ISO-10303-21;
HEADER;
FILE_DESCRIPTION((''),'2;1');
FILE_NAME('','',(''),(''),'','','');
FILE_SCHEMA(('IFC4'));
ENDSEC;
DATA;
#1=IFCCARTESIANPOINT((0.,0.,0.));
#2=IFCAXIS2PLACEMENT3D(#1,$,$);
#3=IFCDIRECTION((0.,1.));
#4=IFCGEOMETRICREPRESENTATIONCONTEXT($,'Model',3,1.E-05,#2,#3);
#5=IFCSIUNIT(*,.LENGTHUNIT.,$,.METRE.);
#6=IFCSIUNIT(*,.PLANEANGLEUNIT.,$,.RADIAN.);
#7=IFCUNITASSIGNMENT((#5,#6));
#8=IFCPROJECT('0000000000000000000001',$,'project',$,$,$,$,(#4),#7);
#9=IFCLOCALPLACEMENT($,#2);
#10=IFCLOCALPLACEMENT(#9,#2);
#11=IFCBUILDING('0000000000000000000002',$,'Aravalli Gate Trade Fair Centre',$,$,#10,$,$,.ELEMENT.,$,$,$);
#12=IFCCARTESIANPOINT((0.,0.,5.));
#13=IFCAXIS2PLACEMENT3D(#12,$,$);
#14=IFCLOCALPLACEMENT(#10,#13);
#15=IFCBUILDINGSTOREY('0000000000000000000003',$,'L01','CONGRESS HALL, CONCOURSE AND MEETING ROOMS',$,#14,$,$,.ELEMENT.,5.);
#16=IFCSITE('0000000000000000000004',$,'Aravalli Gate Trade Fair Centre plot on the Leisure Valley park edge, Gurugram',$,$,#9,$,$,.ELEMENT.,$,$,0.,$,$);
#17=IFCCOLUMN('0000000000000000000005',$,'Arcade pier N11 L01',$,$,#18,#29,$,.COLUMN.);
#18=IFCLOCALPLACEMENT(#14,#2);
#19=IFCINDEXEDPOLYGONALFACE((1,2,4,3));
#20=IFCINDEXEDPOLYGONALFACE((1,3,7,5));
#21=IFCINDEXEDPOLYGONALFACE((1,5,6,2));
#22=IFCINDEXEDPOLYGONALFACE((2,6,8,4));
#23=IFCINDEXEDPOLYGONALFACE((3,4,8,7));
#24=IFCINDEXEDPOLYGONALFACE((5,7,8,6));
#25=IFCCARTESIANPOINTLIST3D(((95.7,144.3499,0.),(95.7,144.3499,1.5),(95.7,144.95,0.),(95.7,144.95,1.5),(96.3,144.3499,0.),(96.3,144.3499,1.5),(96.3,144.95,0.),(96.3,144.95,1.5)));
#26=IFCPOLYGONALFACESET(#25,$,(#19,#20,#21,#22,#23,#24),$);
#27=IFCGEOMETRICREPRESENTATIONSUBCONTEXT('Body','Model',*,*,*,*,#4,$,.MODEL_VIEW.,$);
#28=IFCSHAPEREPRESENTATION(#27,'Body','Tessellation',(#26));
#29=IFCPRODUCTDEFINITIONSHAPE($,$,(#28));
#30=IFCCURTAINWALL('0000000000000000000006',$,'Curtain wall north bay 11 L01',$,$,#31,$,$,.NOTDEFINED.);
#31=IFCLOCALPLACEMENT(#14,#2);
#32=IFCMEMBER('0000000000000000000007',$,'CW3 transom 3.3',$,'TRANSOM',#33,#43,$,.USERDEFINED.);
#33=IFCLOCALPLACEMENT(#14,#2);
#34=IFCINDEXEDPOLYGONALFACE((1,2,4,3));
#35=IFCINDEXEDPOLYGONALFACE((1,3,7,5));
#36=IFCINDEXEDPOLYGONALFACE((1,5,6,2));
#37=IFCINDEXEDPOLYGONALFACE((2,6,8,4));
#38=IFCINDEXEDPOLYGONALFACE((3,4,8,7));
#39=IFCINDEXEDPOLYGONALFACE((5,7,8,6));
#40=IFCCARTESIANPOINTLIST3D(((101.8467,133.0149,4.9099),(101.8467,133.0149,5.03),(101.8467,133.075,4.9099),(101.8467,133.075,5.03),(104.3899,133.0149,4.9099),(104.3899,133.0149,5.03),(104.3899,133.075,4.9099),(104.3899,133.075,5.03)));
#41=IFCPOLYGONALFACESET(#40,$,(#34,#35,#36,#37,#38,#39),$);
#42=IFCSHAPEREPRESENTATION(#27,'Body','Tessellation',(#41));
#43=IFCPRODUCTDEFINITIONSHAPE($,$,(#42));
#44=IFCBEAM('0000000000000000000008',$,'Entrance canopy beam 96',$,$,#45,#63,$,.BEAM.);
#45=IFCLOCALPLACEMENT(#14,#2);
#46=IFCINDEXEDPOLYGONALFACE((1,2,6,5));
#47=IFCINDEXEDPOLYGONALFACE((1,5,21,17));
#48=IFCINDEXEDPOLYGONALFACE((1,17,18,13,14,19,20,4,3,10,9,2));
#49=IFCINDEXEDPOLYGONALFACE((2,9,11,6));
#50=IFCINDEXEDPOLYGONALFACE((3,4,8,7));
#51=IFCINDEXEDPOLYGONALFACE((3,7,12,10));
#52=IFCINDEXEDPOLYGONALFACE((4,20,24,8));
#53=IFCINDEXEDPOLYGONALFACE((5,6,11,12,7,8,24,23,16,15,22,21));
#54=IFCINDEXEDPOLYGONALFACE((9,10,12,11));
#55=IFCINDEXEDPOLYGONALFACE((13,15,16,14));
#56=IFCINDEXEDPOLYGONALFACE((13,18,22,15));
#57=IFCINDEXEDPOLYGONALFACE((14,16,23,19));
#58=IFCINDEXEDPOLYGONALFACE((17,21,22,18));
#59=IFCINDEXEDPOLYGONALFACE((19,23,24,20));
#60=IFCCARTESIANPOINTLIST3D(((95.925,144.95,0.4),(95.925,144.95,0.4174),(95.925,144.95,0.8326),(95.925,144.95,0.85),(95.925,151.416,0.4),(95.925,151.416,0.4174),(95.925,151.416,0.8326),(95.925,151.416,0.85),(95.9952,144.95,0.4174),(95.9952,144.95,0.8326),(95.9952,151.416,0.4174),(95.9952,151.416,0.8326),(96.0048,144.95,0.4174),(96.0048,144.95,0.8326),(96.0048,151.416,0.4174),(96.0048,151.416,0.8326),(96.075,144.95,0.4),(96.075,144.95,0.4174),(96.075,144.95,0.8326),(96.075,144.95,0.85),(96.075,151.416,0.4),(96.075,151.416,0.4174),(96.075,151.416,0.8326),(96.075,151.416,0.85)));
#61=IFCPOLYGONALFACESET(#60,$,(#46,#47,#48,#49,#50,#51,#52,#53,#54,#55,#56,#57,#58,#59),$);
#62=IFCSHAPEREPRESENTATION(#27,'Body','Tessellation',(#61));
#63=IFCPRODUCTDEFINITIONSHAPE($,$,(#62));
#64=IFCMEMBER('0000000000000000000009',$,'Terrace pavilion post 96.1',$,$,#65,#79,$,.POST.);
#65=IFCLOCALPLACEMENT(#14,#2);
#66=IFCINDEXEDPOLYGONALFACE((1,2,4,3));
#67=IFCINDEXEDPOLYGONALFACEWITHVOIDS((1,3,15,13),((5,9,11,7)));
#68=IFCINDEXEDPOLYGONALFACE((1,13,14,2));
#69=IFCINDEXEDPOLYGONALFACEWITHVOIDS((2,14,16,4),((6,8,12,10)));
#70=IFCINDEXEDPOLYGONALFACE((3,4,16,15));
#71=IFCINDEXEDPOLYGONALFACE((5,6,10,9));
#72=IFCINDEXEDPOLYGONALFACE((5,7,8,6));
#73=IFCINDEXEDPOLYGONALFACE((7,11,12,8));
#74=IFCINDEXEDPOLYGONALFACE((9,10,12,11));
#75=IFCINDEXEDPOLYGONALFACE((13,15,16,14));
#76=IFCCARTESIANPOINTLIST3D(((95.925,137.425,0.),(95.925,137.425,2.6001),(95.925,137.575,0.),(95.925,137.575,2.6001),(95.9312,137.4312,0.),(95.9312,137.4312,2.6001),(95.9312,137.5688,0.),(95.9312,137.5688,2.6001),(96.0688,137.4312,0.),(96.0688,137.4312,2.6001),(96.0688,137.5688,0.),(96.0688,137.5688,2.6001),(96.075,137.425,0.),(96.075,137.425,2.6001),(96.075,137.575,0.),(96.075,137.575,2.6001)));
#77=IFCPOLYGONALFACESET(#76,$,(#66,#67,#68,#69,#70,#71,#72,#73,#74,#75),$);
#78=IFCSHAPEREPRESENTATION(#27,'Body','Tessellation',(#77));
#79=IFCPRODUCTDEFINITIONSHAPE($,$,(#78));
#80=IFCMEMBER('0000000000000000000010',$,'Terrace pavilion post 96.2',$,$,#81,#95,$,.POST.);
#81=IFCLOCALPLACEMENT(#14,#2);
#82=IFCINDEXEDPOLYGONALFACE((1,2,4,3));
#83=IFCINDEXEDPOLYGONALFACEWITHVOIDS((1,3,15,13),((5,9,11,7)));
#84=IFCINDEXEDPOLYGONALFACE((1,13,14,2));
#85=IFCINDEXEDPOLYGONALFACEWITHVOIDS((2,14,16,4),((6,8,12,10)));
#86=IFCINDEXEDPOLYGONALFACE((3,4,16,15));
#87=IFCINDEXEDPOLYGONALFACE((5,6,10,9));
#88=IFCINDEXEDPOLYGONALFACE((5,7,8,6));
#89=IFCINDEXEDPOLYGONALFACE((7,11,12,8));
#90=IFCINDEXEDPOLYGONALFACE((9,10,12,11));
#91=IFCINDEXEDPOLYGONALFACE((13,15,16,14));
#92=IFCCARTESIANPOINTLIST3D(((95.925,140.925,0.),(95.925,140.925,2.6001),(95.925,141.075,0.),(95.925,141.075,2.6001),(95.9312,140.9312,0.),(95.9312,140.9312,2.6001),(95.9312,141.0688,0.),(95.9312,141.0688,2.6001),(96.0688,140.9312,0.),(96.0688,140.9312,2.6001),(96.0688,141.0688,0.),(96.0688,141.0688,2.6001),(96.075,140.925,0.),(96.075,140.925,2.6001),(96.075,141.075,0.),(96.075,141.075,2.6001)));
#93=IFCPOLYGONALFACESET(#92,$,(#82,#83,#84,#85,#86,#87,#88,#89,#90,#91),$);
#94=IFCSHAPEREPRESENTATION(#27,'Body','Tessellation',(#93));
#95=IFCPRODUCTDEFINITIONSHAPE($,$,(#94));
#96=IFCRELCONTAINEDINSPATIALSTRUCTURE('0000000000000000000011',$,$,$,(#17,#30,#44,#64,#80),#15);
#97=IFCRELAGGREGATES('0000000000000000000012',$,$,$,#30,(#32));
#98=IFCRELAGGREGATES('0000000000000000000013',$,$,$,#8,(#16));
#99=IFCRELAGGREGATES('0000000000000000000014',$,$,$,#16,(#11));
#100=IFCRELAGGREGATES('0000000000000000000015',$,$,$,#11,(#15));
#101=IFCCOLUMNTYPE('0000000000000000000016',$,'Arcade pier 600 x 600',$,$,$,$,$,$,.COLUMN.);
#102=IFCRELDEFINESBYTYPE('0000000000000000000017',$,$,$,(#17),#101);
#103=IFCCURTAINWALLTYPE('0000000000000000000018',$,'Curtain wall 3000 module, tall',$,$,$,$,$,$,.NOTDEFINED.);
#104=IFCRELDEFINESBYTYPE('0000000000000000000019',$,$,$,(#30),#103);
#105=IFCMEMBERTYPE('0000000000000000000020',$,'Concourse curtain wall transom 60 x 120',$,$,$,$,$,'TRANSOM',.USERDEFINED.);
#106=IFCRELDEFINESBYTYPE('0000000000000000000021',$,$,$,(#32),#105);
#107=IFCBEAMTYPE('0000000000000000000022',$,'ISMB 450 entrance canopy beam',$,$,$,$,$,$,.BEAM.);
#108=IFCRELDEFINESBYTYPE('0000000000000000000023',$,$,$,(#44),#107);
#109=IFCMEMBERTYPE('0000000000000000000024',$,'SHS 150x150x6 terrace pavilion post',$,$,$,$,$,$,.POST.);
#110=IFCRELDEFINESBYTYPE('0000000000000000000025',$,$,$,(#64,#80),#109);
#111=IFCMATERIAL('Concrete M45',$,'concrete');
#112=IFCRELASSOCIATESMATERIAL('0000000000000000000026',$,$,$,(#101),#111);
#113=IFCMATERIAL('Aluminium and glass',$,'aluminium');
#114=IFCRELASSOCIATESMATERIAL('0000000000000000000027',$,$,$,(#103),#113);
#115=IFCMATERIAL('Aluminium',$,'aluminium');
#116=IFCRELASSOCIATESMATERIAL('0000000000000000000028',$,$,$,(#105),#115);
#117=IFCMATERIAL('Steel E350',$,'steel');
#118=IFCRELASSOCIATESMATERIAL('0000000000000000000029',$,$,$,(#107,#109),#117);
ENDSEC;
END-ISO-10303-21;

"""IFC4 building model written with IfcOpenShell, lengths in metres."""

from ifc_helpers import new_model, si_unit, direction, frame, origin, origin_2d, place, context, subcontext, project, spatial, rectangle, hollow_rectangle, i_section, extrude, material, material_profile, profile_set, type_object, element, aggregate, save


model = new_model("IFC4")

# Units and contexts
model_context = context("Model", 3, precision=1e-05, world=origin(), true_north=direction((0.0, 1.0)))
body_context = subcontext(model_context, "Body", "Model", "MODEL_VIEW")
ifc_project = project(units=[si_unit("LENGTHUNIT", "METRE"), si_unit("PLANEANGLEUNIT", "RADIAN")], contexts=[model_context])

# Site, building, storey
site_placement = place(None, origin())
site = spatial("IfcSite", under=ifc_project, at=site_placement, Name="Aravalli Gate Trade Fair Centre plot on the Leisure Valley park edge, Gurugram", CompositionType="ELEMENT", RefElevation=0.0)
building_placement = place(site_placement, origin())
building = spatial("IfcBuilding", under=site, at=building_placement, Name="Aravalli Gate Trade Fair Centre", CompositionType="ELEMENT")
storey_placement = place(building_placement, frame((0.0, 0.0, 5.0)))
storey = spatial("IfcBuildingStorey", under=building, at=storey_placement, Name="L01", Description="CONGRESS HALL, CONCOURSE AND MEETING ROOMS", CompositionType="ELEMENT", Elevation=5.0)

# Column
ifc_material_1 = material(Name="Concrete M45", Category="concrete")
ifc_material_profile_1 = material_profile(ifc_material_1, rectangle(XDim=0.6001, YDim=0.6001, at=origin_2d()), Name="Arcade pier 600 x 600")
ifc_profile_set_1 = profile_set([ifc_material_profile_1], Name="Concrete M45")
column_type = type_object("IfcColumnType", Name="Arcade pier 600 x 600", PredefinedType="COLUMN", material=ifc_profile_set_1)
column_placement = place(storey_placement, frame((96.0, 144.6499, 0.0), z_axis=(0.0, 0.0, 1.0), x_axis=(1.0, 0.0, 0.0)))
element("IfcColumn", 1, at=column_placement, inside=storey, type_object=column_type, Name="Arcade pier N11 L01", PredefinedType="COLUMN", context=body_context, shape_type="SweptSolid", body=[
    extrude(rectangle(XDim=0.6001, YDim=0.6001, at=origin_2d()), origin(), (0.0, 0.0, 1.0), 1.5),
])

# Curtain wall, member
ifc_material_2 = material(Name="Aluminium and glass", Category="aluminium")
curtain_wall_type = type_object("IfcCurtainWallType", Name="Curtain wall 3000 module, tall", PredefinedType="NOTDEFINED", material=ifc_material_2)
curtain_wall_placement = place(storey_placement, origin())
curtain_wall = element("IfcCurtainWall", 2, at=curtain_wall_placement, inside=storey, type_object=curtain_wall_type, Name="Curtain wall north bay 11 L01", PredefinedType="NOTDEFINED")
ifc_material_3 = material(Name="Aluminium", Category="aluminium")
ifc_material_profile_2 = material_profile(ifc_material_3, rectangle(XDim=0.0601, YDim=0.1201, at=origin_2d()), Name="Concourse curtain wall transom 60 x 120")
ifc_profile_set_2 = profile_set([ifc_material_profile_2], Name="Aluminium")
member_type_1 = type_object("IfcMemberType", Name="Concourse curtain wall transom 60 x 120", ElementType="TRANSOM", PredefinedType="USERDEFINED", material=ifc_profile_set_2)
member_placement = place(storey_placement, frame((101.8467, 133.0449, 4.97), z_axis=(1.0, 0.0, 0.0), x_axis=(0.0, 1.0, 0.0)))
member = element("IfcMember", 3, at=member_placement, type_object=member_type_1, Name="CW3 transom 3.3", ObjectType="TRANSOM", PredefinedType="USERDEFINED", context=body_context, shape_type="SweptSolid", body=[
    extrude(rectangle(XDim=0.0601, YDim=0.1201, at=origin_2d()), origin(), (0.0, 0.0, 1.0), 2.5432),
])
aggregate(curtain_wall, [member])

# Beam
ifc_material_4 = material(Name="Steel E350", Category="steel")
ifc_material_profile_3 = material_profile(ifc_material_4, i_section(OverallWidth=0.1499, OverallDepth=0.45, WebThickness=0.0095, FlangeThickness=0.0173, at=origin_2d()), Name="ISMB 450")
ifc_profile_set_3 = profile_set([ifc_material_profile_3], Name="Steel E350")
beam_type = type_object("IfcBeamType", Name="ISMB 450 entrance canopy beam", PredefinedType="BEAM", material=ifc_profile_set_3)
beam_placement = place(storey_placement, frame((96.0, 144.95, 0.625), z_axis=(0.0, 1.0, 0.0), x_axis=(-1.0, 0.0, 0.0)))
element("IfcBeam", 4, at=beam_placement, inside=storey, type_object=beam_type, Name="Entrance canopy beam 96", PredefinedType="BEAM", context=body_context, shape_type="SweptSolid", body=[
    extrude(i_section(OverallWidth=0.1499, OverallDepth=0.45, WebThickness=0.0095, FlangeThickness=0.0173, at=origin_2d()), origin(), (0.0, 0.0, 1.0), 6.4661),
])

# Members
ifc_material_profile_4 = material_profile(ifc_material_4, hollow_rectangle(XDim=0.1499, YDim=0.1499, WallThickness=0.0061, at=origin_2d()), Name="SHS 150x150x6")
ifc_profile_set_4 = profile_set([ifc_material_profile_4], Name="Steel E350")
member_type_2 = type_object("IfcMemberType", Name="SHS 150x150x6 terrace pavilion post", PredefinedType="POST", material=ifc_profile_set_4)
for number, where, z_axis, x_axis, name in (
    (5, (96.0, 137.5, 0.0), (0.0, 0.0, 1.0), (1.0, 0.0, 0.0), "Terrace pavilion post 96.1"),
    (6, (96.0, 141.0, 0.0), (0.0, 0.0, 1.0), (1.0, 0.0, 0.0), "Terrace pavilion post 96.2"),
):
    element("IfcMember", number, at=place(storey_placement, frame(where, z_axis=z_axis, x_axis=x_axis)), inside=storey, type_object=member_type_2, Name=name, PredefinedType="POST", context=body_context, shape_type="SweptSolid", body=[
        extrude(hollow_rectangle(XDim=0.1499, YDim=0.1499, WallThickness=0.0061, at=origin_2d()), origin(), (0.0, 0.0, 1.0), 2.6001),
    ])

save(model, "model.ifc")
